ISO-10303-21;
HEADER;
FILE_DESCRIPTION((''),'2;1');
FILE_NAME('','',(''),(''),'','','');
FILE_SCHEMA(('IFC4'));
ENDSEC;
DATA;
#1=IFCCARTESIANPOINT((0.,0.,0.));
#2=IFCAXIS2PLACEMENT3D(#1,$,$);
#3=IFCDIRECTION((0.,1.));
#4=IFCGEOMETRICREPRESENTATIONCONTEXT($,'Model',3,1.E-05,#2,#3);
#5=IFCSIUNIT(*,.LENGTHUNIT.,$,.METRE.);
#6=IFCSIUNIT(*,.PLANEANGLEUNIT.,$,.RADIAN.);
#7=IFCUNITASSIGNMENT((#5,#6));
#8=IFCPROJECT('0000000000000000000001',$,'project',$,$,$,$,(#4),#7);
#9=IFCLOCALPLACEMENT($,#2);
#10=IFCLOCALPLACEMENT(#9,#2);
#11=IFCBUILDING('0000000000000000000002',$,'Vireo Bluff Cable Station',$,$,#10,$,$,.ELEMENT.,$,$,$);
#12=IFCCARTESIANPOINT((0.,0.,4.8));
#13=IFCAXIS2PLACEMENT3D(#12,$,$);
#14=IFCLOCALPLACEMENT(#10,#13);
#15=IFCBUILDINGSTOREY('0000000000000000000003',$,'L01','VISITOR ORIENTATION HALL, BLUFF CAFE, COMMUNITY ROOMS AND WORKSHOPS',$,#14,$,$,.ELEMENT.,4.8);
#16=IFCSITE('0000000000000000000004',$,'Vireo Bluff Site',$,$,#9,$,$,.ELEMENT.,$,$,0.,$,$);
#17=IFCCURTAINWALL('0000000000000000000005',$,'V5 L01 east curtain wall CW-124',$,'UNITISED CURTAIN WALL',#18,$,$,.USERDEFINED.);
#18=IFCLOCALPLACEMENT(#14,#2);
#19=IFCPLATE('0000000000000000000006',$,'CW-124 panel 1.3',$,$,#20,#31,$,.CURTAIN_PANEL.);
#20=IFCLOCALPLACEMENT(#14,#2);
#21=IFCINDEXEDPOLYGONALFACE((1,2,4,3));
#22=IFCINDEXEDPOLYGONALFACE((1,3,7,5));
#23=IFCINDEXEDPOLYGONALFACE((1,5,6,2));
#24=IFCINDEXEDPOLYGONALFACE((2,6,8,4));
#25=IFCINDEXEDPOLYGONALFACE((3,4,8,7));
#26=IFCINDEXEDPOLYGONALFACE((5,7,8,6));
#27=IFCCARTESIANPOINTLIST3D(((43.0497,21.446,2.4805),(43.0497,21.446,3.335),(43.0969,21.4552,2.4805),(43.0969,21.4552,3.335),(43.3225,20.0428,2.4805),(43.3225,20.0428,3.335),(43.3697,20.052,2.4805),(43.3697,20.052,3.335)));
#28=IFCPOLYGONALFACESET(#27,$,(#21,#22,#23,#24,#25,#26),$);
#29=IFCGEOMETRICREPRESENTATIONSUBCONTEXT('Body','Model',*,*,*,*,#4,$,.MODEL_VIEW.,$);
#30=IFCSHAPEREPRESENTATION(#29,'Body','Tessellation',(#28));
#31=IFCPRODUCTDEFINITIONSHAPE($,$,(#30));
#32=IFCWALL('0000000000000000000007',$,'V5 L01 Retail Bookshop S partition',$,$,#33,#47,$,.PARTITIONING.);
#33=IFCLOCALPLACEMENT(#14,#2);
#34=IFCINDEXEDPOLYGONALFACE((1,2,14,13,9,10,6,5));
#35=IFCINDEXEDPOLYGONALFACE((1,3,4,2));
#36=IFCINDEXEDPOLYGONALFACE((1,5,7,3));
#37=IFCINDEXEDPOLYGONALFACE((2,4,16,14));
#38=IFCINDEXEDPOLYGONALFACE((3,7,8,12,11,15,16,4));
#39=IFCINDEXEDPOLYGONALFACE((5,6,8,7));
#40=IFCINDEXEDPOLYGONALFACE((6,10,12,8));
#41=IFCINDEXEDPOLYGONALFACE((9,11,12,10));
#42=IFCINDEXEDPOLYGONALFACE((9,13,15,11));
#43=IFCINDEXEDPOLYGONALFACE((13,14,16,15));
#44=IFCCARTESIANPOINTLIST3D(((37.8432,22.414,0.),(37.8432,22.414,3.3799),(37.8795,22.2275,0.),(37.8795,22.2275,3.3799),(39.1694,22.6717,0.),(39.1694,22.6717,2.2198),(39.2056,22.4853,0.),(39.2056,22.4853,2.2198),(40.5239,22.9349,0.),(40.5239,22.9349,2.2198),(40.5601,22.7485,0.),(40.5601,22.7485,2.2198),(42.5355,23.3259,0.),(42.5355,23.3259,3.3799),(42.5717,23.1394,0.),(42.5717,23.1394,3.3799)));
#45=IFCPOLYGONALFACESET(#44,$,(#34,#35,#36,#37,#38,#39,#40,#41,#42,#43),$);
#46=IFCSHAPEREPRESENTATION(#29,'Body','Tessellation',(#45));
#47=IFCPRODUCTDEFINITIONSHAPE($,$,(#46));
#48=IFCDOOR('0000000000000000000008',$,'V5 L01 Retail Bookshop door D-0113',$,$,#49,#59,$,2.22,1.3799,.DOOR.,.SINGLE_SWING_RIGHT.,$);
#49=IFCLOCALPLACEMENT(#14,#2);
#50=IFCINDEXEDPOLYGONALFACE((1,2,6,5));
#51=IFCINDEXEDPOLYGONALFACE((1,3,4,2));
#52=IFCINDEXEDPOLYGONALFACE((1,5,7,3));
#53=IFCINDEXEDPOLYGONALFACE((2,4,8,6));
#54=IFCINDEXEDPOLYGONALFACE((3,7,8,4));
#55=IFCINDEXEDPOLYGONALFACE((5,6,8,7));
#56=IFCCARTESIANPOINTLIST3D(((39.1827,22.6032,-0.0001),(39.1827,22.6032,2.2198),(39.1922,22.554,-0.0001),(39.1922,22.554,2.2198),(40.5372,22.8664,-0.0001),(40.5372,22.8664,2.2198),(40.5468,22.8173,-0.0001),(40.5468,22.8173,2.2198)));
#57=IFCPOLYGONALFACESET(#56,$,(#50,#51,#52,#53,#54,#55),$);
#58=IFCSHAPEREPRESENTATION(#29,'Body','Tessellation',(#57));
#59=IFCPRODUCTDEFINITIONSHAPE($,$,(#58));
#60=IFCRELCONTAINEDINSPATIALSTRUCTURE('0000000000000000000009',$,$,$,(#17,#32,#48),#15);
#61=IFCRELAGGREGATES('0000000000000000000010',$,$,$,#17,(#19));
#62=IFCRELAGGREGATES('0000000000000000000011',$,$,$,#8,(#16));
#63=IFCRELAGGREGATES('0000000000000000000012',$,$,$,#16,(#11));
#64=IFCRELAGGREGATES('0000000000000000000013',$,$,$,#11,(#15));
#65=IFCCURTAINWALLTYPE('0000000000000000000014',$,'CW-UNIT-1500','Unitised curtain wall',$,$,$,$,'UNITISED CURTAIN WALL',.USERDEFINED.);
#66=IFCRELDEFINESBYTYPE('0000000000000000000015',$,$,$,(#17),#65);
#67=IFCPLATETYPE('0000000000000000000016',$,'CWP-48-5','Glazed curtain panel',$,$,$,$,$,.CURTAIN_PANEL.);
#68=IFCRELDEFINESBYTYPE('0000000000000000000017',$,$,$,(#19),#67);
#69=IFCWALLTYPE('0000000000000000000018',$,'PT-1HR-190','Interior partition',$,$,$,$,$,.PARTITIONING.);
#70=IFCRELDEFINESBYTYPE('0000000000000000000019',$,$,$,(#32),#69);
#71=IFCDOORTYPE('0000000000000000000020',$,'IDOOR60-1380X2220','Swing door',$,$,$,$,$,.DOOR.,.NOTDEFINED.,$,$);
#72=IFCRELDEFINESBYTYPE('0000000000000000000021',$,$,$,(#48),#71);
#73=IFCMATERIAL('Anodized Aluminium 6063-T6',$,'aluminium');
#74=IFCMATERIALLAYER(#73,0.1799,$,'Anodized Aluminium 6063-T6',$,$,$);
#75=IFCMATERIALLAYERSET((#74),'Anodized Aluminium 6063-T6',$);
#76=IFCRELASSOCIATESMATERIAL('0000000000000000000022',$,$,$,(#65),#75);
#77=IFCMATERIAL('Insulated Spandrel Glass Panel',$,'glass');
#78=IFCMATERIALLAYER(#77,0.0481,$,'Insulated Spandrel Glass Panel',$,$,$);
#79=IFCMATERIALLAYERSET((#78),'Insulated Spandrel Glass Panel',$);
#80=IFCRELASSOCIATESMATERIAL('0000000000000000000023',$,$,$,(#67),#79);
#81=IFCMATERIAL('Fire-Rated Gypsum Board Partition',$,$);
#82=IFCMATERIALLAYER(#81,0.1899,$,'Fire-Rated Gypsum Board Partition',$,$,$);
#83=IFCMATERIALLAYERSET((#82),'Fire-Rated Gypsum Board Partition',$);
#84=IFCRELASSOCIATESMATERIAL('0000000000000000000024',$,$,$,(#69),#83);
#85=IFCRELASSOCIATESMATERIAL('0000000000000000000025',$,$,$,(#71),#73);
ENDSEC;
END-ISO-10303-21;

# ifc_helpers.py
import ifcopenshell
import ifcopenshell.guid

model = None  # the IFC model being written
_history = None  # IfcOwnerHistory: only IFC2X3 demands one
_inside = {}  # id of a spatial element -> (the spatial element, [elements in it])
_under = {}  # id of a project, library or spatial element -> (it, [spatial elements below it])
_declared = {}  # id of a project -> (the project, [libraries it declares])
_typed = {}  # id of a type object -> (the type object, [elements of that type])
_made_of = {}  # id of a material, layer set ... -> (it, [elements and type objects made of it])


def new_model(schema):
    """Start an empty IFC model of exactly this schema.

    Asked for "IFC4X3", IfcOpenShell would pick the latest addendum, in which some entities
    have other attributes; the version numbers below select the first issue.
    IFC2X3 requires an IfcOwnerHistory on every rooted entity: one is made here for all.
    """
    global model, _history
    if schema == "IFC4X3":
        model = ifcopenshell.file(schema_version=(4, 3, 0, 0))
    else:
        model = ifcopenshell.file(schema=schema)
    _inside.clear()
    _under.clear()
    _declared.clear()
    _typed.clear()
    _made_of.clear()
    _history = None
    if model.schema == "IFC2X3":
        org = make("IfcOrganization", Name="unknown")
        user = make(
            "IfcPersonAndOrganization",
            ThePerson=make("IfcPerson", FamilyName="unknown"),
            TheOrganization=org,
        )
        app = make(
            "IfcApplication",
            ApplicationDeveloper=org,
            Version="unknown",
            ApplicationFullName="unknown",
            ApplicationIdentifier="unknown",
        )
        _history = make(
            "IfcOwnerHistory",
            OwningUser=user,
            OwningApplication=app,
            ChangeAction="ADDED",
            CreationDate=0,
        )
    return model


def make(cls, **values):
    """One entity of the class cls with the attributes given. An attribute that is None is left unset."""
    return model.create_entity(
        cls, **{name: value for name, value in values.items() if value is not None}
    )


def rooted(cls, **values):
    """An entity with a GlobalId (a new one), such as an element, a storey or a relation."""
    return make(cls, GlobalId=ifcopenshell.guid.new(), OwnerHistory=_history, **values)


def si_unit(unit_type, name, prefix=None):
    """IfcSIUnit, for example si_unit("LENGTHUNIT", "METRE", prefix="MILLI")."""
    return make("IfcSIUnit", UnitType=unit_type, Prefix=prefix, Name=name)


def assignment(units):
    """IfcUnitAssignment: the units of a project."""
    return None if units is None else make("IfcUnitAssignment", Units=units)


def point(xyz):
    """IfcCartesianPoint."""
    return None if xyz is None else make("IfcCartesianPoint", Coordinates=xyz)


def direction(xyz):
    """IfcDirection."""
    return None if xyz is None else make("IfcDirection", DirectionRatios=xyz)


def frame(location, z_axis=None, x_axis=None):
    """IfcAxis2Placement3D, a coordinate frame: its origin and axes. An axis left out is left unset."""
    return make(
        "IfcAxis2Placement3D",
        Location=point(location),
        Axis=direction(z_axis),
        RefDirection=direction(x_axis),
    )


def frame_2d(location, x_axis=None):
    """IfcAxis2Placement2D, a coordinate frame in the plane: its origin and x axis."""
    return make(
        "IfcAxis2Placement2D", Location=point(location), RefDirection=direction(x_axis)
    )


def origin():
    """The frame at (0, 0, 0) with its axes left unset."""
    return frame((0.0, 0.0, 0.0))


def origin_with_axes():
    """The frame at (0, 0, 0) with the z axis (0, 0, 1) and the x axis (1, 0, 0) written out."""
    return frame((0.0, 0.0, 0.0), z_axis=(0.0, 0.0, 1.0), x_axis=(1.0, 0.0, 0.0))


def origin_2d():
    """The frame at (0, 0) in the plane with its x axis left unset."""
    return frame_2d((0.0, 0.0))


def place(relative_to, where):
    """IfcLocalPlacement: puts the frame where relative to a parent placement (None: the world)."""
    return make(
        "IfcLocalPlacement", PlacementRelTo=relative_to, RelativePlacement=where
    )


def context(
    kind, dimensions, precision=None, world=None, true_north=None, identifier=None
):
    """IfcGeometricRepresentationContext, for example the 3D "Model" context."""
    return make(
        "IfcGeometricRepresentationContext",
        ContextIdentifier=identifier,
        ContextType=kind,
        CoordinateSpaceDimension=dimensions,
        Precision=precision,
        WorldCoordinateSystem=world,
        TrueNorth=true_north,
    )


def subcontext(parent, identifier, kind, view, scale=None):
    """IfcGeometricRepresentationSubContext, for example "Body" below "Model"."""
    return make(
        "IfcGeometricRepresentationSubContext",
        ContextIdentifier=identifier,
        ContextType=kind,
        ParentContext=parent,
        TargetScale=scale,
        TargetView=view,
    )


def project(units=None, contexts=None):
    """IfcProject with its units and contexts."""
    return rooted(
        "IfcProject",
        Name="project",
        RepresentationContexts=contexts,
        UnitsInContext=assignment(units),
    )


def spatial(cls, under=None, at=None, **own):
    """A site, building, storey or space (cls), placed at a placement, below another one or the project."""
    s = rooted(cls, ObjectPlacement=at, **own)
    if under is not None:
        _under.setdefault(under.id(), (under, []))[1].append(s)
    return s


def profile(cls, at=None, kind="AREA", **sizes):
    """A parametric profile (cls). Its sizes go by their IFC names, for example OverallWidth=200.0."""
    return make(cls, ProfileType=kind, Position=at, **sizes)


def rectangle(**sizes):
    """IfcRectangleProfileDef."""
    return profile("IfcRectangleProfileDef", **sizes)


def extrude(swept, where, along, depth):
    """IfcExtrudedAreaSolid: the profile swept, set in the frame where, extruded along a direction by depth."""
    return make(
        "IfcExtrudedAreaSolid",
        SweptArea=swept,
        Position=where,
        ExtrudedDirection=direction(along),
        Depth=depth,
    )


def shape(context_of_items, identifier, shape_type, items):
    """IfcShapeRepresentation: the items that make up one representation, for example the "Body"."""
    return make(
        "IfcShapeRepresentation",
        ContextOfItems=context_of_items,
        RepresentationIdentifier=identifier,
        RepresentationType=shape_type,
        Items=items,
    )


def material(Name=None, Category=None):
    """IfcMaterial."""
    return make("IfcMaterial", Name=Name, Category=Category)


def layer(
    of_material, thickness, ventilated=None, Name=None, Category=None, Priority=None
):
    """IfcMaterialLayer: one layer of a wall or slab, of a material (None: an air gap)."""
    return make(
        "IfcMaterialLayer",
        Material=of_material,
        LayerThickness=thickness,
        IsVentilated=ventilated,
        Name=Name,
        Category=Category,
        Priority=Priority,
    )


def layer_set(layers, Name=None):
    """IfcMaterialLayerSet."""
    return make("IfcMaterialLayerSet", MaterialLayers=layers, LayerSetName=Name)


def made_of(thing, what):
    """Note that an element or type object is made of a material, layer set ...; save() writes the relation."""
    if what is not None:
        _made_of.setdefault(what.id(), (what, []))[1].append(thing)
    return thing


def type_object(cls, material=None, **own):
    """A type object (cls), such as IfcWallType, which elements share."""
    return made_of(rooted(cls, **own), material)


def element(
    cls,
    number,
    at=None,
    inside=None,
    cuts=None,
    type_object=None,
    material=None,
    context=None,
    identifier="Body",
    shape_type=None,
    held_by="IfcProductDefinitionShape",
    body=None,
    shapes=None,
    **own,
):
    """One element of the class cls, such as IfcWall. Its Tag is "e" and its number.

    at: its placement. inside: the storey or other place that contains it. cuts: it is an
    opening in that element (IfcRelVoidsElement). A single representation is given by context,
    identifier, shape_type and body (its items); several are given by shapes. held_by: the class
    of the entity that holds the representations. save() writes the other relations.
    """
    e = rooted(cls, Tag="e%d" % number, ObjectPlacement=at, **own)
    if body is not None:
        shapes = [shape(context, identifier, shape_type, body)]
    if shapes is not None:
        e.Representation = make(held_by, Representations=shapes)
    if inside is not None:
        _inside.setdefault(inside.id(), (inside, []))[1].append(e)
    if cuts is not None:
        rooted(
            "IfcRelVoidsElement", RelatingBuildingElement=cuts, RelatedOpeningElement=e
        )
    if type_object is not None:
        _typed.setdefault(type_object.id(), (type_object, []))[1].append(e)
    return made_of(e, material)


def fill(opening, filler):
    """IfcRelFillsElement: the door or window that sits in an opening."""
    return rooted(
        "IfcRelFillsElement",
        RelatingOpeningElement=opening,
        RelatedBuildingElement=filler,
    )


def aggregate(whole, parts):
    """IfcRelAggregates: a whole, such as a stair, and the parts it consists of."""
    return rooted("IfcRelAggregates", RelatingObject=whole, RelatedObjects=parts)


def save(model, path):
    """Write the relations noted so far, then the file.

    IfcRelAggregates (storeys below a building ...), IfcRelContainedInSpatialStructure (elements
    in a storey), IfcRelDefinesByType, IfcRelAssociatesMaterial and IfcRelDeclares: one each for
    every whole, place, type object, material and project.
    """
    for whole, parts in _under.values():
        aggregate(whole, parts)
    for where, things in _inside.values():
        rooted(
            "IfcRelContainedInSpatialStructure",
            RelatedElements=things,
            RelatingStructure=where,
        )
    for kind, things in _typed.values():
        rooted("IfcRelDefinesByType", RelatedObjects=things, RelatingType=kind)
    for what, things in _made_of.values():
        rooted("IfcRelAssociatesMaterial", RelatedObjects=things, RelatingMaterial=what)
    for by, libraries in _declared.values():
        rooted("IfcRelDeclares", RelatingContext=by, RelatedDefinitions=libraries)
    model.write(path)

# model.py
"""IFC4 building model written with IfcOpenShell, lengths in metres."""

from ifc_helpers import new_model, si_unit, direction, frame, frame_2d, origin, origin_with_axes, origin_2d, place, context, subcontext, project, spatial, rectangle, extrude, material, layer, layer_set, type_object, element, fill, aggregate, save


model = new_model("IFC4")

# Units and contexts
model_context = context("Model", 3, precision=1e-05, world=origin(), true_north=direction((0.0, 1.0)))
body_context = subcontext(model_context, "Body", "Model", "MODEL_VIEW")
ifc_project = project(units=[si_unit("LENGTHUNIT", "METRE"), si_unit("PLANEANGLEUNIT", "RADIAN")], contexts=[model_context])

# Site, building, storey
site_placement = place(None, origin())
site = spatial("IfcSite", under=ifc_project, at=site_placement, Name="Vireo Bluff Site", CompositionType="ELEMENT", RefElevation=0.0)
building_placement = place(site_placement, origin())
building = spatial("IfcBuilding", under=site, at=building_placement, Name="Vireo Bluff Cable Station", CompositionType="ELEMENT")
storey_placement = place(building_placement, frame((0.0, 0.0, 4.8)))
storey = spatial("IfcBuildingStorey", under=building, at=storey_placement, Name="L01", Description="VISITOR ORIENTATION HALL, BLUFF CAFE, COMMUNITY ROOMS AND WORKSHOPS", CompositionType="ELEMENT", Elevation=4.8)

# Curtain wall
ifc_material_1 = material(Name="Anodized Aluminium 6063-T6", Category="aluminium")
ifc_layer_1 = layer(ifc_material_1, 0.1799, Name="Anodized Aluminium 6063-T6")
ifc_layer_set_1 = layer_set([ifc_layer_1], Name="Anodized Aluminium 6063-T6")
curtain_wall_type_1 = type_object("IfcCurtainWallType", Name="CW-UNIT-1500", Description="Unitised curtain wall", ElementType="UNITISED CURTAIN WALL", PredefinedType="USERDEFINED", material=ifc_layer_set_1)
curtain_wall_1_placement = place(storey_placement, origin())
curtain_wall_1 = element("IfcCurtainWall", 1, at=curtain_wall_1_placement, inside=storey, type_object=curtain_wall_type_1, Name="V5 L01 east curtain wall CW-124", ObjectType="UNITISED CURTAIN WALL", PredefinedType="USERDEFINED")

# Plate
ifc_material_2 = material(Name="Insulated Spandrel Glass Panel", Category="glass")
ifc_layer_2 = layer(ifc_material_2, 0.0481, Name="Insulated Spandrel Glass Panel")
ifc_layer_set_2 = layer_set([ifc_layer_2], Name="Insulated Spandrel Glass Panel")
plate_type_1 = type_object("IfcPlateType", Name="CWP-48-5", Description="Glazed curtain panel", PredefinedType="CURTAIN_PANEL", material=ifc_layer_set_2)
plate_1_placement = place(storey_placement, frame((43.2097, 20.749, 2.4805), z_axis=(0.0, 0.0, 1.0), x_axis=(0.190809, -0.981627, 0.0)))
plate_1 = element("IfcPlate", 2, at=plate_1_placement, type_object=plate_type_1, Name="CW-124 panel 1.3", PredefinedType="CURTAIN_PANEL", context=body_context, shape_type="SweptSolid", body=[
    extrude(rectangle(XDim=1.4294, YDim=0.0481, at=origin_2d()), origin(), (0.0, 0.0, 1.0), 0.8545),
])
aggregate(curtain_wall_1, [plate_1])

# Wall, opening, door
ifc_material_3 = material(Name="Fire-Rated Gypsum Board Partition")
ifc_layer_3 = layer(ifc_material_3, 0.1899, Name="Fire-Rated Gypsum Board Partition")
ifc_layer_set_3 = layer_set([ifc_layer_3], Name="Fire-Rated Gypsum Board Partition")
wall_type = type_object("IfcWallType", Name="PT-1HR-190", Description="Interior partition", PredefinedType="PARTITIONING", material=ifc_layer_set_3)
wall_placement = place(storey_placement, frame((42.5537, 23.2327, 0.0), z_axis=(0.0, 0.0, 1.0), x_axis=(-0.981635, -0.19077, 0.0)))
wall = element("IfcWall", 3, at=wall_placement, inside=storey, type_object=wall_type, Name="V5 L01 Retail Bookshop S partition", PredefinedType="PARTITIONING", context=body_context, shape_type="SweptSolid", body=[
    extrude(rectangle(XDim=4.78, YDim=0.1899, at=frame_2d((2.3901, 0.0))), origin(), (0.0, 0.0, 1.0), 3.3799),
])
opening_placement = place(wall_placement, frame((2.0493, 0.0, 0.0)))
opening = element("IfcOpeningElement", 4, at=opening_placement, cuts=wall, PredefinedType="OPENING", context=body_context, shape_type="SweptSolid", body=[
    extrude(rectangle(XDim=1.3799, YDim=2.22, at=frame_2d((0.6899, 1.1099))), frame((0.0, 0.105, 0.0), z_axis=(0.0, -1.0, 0.0), x_axis=(1.0, 0.0, 0.0)), (0.0, 0.0, 1.0), 0.21),
])
door_type = type_object("IfcDoorType", Name="IDOOR60-1380X2220", Description="Swing door", OperationType="NOTDEFINED", PredefinedType="DOOR", material=ifc_material_1)
door_placement = place(opening_placement, origin_with_axes())
door = element("IfcDoor", 5, at=door_placement, inside=storey, type_object=door_type, Name="V5 L01 Retail Bookshop door D-0113", OperationType="SINGLE_SWING_RIGHT", OverallHeight=2.22, OverallWidth=1.3799, PredefinedType="DOOR", context=body_context, shape_type="SweptSolid", body=[
    extrude(rectangle(XDim=1.3799, YDim=2.22, at=frame_2d((0.6899, 1.1099))), frame((0.0, 0.0249, 0.0), z_axis=(0.0, -1.0, 0.0), x_axis=(1.0, 0.0, 0.0)), (0.0, 0.0, 1.0), 0.05),
])
fill(opening, door)

save(model, "model.ifc")
